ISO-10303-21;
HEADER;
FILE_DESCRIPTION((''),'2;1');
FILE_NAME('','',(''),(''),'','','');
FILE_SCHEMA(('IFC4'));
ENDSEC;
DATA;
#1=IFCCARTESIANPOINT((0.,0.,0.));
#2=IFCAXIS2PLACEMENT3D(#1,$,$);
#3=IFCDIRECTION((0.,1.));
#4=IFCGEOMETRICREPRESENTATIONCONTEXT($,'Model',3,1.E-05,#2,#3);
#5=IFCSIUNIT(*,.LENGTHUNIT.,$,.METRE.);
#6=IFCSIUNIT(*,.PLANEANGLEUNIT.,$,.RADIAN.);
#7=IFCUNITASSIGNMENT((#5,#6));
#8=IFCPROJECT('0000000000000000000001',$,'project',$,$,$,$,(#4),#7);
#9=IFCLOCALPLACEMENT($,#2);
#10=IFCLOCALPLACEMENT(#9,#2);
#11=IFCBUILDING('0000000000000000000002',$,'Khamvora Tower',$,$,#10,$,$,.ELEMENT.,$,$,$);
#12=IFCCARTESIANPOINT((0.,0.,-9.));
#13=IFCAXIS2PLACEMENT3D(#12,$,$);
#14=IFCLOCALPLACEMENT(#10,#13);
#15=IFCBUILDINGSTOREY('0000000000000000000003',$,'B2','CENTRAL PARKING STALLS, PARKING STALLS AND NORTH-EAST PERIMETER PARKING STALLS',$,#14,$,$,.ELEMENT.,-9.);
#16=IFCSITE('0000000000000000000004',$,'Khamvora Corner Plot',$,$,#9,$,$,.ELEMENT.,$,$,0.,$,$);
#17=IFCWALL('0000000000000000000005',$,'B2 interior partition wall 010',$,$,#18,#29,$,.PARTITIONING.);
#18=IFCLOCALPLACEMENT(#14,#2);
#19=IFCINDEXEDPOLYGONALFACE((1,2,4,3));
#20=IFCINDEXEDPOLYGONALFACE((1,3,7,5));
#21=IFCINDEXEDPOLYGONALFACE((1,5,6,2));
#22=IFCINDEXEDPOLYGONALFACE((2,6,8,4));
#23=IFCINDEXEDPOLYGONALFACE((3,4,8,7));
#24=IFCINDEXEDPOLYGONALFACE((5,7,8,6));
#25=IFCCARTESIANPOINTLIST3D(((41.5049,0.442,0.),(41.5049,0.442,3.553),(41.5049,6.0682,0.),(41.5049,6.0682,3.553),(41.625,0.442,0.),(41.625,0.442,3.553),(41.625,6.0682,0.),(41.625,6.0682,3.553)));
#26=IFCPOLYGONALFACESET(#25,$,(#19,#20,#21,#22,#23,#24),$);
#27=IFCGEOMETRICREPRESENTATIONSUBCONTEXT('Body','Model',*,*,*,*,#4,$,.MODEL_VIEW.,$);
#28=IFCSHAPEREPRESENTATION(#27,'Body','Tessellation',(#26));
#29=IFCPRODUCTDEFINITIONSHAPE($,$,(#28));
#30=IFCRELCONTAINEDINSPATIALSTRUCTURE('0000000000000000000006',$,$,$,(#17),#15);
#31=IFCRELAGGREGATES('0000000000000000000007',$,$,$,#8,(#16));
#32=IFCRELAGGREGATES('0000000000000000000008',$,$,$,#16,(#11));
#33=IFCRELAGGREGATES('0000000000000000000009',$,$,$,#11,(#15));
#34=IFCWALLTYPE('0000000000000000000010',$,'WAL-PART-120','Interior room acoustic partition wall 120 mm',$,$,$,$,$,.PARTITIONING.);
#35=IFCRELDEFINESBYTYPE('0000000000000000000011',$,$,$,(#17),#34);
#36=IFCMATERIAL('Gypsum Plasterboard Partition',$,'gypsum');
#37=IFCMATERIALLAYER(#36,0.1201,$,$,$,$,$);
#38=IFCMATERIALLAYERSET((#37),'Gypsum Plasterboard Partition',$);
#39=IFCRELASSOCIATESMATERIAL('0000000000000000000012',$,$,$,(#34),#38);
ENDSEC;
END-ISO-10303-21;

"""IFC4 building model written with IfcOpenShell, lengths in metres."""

from ifc_helpers import new_model, si_unit, direction, frame, frame_2d, origin, place, context, subcontext, project, spatial, rectangle, extrude, material, layer, layer_set, type_object, element, save


model = new_model("IFC4")

# Units and contexts
model_context = context("Model", 3, precision=1e-05, world=origin(), true_north=direction((0.0, 1.0)))
body_context = subcontext(model_context, "Body", "Model", "MODEL_VIEW")
ifc_project = project(units=[si_unit("LENGTHUNIT", "METRE"), si_unit("PLANEANGLEUNIT", "RADIAN")], contexts=[model_context])

# Site, building, storey
site_placement = place(None, origin())
site = spatial("IfcSite", under=ifc_project, at=site_placement, Name="Khamvora Corner Plot", CompositionType="ELEMENT", RefElevation=0.0)
building_placement = place(site_placement, origin())
building = spatial("IfcBuilding", under=site, at=building_placement, Name="Khamvora Tower", CompositionType="ELEMENT")
storey_placement = place(building_placement, frame((0.0, 0.0, -9.0)))
storey = spatial("IfcBuildingStorey", under=building, at=storey_placement, Name="B2", Description="CENTRAL PARKING STALLS, PARKING STALLS AND NORTH-EAST PERIMETER PARKING STALLS", CompositionType="ELEMENT", Elevation=-9.0)

# Wall
ifc_material_1 = material(Name="Gypsum Plasterboard Partition", Category="gypsum")
ifc_layer_1 = layer(ifc_material_1, 0.1201)
ifc_layer_set_1 = layer_set([ifc_layer_1], Name="Gypsum Plasterboard Partition")
wall_type = type_object("IfcWallType", Name="WAL-PART-120", Description="Interior room acoustic partition wall 120 mm", PredefinedType="PARTITIONING", material=ifc_layer_set_1)
wall_placement = place(storey_placement, frame((41.5649, 6.0681, 0.0), z_axis=(0.0, 0.0, 1.0), x_axis=(0.0, -1.0, 0.0)))
element("IfcWall", 1, at=wall_placement, inside=storey, type_object=wall_type, Name="B2 interior partition wall 010", PredefinedType="PARTITIONING", context=body_context, shape_type="SweptSolid", body=[
    extrude(rectangle(XDim=5.6262, YDim=0.1201, at=frame_2d((2.813, 0.0))), origin(), (0.0, 0.0, 1.0), 3.553),
])

save(model, "model.ifc")
